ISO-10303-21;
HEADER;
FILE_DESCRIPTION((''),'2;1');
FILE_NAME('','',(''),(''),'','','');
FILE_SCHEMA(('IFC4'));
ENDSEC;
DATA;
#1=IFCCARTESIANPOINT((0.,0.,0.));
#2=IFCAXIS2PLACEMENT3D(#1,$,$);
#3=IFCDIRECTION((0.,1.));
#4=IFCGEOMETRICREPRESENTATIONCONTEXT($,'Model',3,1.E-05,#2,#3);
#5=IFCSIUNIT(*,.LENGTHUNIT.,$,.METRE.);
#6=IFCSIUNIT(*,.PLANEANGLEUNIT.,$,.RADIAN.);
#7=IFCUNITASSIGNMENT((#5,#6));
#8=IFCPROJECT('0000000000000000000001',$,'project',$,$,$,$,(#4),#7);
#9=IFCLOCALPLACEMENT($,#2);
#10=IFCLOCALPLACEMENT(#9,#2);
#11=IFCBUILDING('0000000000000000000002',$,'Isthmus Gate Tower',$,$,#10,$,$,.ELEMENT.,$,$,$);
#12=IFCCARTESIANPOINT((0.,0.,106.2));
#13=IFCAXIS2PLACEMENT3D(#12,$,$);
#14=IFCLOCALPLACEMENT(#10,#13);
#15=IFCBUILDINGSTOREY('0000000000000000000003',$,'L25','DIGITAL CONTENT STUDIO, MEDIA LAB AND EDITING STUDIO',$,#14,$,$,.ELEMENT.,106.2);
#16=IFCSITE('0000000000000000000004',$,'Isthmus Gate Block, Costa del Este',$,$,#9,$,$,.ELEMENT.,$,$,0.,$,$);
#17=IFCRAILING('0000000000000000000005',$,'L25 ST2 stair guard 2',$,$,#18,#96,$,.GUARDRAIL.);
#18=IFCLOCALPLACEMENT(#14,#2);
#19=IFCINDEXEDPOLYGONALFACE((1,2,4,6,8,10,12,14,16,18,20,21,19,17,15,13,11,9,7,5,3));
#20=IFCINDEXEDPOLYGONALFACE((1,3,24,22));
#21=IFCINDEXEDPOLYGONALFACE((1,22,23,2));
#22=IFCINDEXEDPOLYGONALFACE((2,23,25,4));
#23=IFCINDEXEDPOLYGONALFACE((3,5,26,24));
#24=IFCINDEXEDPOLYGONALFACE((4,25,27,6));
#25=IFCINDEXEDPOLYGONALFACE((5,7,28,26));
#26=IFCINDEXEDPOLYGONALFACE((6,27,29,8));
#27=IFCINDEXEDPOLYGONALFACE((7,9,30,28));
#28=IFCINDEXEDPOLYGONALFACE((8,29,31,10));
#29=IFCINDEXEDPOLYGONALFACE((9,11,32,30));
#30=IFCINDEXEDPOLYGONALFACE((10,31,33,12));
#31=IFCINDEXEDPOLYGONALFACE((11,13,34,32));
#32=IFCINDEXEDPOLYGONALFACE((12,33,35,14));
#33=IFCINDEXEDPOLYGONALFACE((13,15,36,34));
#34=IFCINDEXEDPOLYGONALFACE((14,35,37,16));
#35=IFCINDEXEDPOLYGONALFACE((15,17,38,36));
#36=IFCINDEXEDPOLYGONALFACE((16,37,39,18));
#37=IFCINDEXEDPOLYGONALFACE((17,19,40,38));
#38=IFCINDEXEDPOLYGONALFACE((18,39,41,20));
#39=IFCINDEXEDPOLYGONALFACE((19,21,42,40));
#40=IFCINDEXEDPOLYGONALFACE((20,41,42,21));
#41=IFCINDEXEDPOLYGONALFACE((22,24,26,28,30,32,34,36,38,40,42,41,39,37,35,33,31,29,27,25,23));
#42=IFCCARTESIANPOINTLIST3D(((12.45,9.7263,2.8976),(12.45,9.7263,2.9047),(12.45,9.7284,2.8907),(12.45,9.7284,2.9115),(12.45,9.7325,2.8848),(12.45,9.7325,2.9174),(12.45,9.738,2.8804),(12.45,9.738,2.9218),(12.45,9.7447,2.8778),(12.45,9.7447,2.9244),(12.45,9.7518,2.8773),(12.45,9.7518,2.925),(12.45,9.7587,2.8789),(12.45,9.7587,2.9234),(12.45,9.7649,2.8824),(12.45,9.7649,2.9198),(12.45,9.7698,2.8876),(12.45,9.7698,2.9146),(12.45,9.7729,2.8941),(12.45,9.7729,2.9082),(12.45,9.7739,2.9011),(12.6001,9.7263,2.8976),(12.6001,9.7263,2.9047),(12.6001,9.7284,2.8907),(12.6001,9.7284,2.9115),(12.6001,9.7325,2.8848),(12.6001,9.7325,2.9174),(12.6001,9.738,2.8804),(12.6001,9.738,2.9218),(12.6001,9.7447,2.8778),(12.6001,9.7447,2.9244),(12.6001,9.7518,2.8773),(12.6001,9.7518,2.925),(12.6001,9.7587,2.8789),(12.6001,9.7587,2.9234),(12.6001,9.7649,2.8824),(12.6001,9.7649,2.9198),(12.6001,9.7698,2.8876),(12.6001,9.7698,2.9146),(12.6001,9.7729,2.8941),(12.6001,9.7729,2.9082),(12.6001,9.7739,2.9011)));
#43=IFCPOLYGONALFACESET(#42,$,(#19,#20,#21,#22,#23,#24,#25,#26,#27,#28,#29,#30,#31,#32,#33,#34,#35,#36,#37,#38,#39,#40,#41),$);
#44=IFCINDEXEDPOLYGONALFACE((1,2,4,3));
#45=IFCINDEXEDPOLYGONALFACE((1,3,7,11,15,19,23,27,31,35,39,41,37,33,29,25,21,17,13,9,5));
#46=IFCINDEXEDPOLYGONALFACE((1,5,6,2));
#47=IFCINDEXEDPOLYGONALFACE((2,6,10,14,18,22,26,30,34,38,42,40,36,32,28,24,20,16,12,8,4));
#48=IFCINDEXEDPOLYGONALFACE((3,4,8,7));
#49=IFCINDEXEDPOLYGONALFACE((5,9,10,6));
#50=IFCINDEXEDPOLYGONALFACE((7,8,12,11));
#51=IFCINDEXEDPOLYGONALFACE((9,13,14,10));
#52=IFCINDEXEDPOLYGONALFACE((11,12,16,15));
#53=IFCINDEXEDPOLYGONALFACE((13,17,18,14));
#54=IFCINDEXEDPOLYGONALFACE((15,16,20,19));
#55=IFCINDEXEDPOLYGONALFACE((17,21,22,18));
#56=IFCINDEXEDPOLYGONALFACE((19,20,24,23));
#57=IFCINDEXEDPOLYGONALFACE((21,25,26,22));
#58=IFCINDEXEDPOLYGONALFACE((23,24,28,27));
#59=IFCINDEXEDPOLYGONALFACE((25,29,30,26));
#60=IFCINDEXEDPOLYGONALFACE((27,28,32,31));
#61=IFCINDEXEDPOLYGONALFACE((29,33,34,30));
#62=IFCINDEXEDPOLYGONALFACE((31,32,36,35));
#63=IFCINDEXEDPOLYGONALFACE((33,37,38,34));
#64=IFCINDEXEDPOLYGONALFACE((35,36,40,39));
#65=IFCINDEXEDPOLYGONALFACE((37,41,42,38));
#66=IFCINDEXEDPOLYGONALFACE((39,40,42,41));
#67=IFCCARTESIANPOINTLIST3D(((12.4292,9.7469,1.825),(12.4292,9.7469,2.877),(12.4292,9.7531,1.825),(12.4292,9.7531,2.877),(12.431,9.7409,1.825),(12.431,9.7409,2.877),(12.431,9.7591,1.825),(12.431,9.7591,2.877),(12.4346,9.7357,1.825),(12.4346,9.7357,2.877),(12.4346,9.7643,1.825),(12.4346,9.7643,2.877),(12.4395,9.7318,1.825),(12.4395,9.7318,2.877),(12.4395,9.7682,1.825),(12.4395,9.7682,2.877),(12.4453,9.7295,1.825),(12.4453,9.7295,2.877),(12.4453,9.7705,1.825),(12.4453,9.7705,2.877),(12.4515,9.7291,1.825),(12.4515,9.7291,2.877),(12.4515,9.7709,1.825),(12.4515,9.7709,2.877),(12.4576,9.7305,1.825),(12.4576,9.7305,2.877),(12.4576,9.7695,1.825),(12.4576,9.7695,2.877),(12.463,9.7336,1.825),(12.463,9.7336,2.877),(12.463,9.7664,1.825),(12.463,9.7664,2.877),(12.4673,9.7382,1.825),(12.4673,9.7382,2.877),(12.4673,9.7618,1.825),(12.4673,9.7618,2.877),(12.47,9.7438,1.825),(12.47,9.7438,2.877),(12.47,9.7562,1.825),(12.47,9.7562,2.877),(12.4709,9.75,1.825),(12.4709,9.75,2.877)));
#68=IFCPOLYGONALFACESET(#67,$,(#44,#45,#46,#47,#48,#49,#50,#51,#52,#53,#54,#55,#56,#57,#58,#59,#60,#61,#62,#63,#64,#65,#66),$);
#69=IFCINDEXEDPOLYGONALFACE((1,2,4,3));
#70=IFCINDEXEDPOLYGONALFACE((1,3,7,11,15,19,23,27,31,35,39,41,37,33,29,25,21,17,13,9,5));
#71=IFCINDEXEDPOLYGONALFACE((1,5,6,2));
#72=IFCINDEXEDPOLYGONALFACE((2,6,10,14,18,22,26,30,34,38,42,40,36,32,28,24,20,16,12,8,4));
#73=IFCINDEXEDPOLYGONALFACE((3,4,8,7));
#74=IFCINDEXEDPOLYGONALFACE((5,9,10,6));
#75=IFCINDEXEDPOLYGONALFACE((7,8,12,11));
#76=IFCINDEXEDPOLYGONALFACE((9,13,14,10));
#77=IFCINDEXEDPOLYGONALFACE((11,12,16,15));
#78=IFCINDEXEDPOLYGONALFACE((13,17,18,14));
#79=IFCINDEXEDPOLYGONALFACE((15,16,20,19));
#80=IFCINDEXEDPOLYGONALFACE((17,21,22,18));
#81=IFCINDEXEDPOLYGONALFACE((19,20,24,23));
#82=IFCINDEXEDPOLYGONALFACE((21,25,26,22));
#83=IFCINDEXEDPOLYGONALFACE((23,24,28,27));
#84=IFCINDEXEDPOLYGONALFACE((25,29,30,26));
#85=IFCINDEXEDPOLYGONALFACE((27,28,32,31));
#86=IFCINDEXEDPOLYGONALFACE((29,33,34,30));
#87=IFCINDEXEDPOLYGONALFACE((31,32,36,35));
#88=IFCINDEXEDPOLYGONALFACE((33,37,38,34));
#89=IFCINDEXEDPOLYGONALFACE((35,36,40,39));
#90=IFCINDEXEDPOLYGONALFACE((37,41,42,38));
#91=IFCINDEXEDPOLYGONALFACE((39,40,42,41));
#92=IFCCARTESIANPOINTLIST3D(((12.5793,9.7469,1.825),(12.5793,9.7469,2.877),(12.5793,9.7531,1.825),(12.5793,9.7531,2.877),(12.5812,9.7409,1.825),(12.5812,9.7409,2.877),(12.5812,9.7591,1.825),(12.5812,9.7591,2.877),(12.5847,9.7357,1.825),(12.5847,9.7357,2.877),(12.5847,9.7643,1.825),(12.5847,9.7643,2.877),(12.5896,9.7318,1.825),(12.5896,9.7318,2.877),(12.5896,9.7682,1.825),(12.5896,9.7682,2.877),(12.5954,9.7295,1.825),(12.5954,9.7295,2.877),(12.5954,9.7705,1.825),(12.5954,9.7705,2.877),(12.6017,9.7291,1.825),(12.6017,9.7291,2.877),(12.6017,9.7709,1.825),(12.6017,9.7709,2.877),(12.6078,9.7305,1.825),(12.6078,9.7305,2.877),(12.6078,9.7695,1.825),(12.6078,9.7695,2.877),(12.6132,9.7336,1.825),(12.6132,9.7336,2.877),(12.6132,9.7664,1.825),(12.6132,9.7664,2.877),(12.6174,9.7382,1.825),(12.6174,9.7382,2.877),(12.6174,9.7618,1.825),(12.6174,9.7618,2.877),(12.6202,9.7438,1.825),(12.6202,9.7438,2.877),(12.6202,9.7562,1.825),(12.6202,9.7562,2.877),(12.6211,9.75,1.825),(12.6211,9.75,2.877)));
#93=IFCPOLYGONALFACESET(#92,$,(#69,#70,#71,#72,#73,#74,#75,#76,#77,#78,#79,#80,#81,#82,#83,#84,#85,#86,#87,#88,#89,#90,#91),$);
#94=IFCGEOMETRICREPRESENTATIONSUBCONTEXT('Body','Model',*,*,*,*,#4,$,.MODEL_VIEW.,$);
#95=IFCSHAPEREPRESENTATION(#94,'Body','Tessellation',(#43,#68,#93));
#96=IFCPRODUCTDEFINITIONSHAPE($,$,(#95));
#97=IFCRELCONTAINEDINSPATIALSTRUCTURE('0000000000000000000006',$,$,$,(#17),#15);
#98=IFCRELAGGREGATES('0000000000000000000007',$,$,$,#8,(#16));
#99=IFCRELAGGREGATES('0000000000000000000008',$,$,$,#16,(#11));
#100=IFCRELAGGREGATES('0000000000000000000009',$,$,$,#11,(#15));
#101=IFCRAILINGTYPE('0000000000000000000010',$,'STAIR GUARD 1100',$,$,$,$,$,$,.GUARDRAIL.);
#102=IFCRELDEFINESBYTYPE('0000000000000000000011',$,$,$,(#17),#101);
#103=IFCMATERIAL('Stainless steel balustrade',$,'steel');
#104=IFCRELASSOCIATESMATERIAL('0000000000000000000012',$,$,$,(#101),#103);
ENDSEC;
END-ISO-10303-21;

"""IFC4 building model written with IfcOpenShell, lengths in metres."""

from ifc_helpers import new_model, si_unit, direction, frame, origin, origin_2d, place, context, subcontext, project, spatial, circle, extrude, material, type_object, element, save


model = new_model("IFC4")

# Units and contexts
model_context = context("Model", 3, precision=1e-05, world=origin(), true_north=direction((0.0, 1.0)))
body_context = subcontext(model_context, "Body", "Model", "MODEL_VIEW")
ifc_project = project(units=[si_unit("LENGTHUNIT", "METRE"), si_unit("PLANEANGLEUNIT", "RADIAN")], contexts=[model_context])

# Site, building, storey
site_placement = place(None, origin())
site = spatial("IfcSite", under=ifc_project, at=site_placement, Name="Isthmus Gate Block, Costa del Este", CompositionType="ELEMENT", RefElevation=0.0)
building_placement = place(site_placement, origin())
building = spatial("IfcBuilding", under=site, at=building_placement, Name="Isthmus Gate Tower", CompositionType="ELEMENT")
storey_placement = place(building_placement, frame((0.0, 0.0, 106.2)))
storey = spatial("IfcBuildingStorey", under=building, at=storey_placement, Name="L25", Description="DIGITAL CONTENT STUDIO, MEDIA LAB AND EDITING STUDIO", CompositionType="ELEMENT", Elevation=106.2)

# Railing
ifc_material_1 = material(Name="Stainless steel balustrade", Category="steel")
railing_type_1 = type_object("IfcRailingType", Name="STAIR GUARD 1100", PredefinedType="GUARDRAIL", material=ifc_material_1)
railing_1_placement = place(storey_placement, frame((12.45, 9.75, 1.825)))
element("IfcRailing", 1, at=railing_1_placement, inside=storey, type_object=railing_type_1, Name="L25 ST2 stair guard 2", PredefinedType="GUARDRAIL", context=body_context, shape_type="SweptSolid", body=[
    extrude(circle(Radius=0.0239, at=origin_2d()), frame((0.0, 0.0, 1.0762), z_axis=(1.0, 0.0, 0.0), x_axis=(0.0, 1.0, 0.0)), (0.0, 0.0, 1.0), 0.1501),
    extrude(circle(Radius=0.021, at=origin_2d()), origin(), (0.0, 0.0, 1.0), 1.052),
    extrude(circle(Radius=0.021, at=origin_2d()), frame((0.1501, 0.0, 0.0)), (0.0, 0.0, 1.0), 1.052),
])

save(model, "model.ifc")
